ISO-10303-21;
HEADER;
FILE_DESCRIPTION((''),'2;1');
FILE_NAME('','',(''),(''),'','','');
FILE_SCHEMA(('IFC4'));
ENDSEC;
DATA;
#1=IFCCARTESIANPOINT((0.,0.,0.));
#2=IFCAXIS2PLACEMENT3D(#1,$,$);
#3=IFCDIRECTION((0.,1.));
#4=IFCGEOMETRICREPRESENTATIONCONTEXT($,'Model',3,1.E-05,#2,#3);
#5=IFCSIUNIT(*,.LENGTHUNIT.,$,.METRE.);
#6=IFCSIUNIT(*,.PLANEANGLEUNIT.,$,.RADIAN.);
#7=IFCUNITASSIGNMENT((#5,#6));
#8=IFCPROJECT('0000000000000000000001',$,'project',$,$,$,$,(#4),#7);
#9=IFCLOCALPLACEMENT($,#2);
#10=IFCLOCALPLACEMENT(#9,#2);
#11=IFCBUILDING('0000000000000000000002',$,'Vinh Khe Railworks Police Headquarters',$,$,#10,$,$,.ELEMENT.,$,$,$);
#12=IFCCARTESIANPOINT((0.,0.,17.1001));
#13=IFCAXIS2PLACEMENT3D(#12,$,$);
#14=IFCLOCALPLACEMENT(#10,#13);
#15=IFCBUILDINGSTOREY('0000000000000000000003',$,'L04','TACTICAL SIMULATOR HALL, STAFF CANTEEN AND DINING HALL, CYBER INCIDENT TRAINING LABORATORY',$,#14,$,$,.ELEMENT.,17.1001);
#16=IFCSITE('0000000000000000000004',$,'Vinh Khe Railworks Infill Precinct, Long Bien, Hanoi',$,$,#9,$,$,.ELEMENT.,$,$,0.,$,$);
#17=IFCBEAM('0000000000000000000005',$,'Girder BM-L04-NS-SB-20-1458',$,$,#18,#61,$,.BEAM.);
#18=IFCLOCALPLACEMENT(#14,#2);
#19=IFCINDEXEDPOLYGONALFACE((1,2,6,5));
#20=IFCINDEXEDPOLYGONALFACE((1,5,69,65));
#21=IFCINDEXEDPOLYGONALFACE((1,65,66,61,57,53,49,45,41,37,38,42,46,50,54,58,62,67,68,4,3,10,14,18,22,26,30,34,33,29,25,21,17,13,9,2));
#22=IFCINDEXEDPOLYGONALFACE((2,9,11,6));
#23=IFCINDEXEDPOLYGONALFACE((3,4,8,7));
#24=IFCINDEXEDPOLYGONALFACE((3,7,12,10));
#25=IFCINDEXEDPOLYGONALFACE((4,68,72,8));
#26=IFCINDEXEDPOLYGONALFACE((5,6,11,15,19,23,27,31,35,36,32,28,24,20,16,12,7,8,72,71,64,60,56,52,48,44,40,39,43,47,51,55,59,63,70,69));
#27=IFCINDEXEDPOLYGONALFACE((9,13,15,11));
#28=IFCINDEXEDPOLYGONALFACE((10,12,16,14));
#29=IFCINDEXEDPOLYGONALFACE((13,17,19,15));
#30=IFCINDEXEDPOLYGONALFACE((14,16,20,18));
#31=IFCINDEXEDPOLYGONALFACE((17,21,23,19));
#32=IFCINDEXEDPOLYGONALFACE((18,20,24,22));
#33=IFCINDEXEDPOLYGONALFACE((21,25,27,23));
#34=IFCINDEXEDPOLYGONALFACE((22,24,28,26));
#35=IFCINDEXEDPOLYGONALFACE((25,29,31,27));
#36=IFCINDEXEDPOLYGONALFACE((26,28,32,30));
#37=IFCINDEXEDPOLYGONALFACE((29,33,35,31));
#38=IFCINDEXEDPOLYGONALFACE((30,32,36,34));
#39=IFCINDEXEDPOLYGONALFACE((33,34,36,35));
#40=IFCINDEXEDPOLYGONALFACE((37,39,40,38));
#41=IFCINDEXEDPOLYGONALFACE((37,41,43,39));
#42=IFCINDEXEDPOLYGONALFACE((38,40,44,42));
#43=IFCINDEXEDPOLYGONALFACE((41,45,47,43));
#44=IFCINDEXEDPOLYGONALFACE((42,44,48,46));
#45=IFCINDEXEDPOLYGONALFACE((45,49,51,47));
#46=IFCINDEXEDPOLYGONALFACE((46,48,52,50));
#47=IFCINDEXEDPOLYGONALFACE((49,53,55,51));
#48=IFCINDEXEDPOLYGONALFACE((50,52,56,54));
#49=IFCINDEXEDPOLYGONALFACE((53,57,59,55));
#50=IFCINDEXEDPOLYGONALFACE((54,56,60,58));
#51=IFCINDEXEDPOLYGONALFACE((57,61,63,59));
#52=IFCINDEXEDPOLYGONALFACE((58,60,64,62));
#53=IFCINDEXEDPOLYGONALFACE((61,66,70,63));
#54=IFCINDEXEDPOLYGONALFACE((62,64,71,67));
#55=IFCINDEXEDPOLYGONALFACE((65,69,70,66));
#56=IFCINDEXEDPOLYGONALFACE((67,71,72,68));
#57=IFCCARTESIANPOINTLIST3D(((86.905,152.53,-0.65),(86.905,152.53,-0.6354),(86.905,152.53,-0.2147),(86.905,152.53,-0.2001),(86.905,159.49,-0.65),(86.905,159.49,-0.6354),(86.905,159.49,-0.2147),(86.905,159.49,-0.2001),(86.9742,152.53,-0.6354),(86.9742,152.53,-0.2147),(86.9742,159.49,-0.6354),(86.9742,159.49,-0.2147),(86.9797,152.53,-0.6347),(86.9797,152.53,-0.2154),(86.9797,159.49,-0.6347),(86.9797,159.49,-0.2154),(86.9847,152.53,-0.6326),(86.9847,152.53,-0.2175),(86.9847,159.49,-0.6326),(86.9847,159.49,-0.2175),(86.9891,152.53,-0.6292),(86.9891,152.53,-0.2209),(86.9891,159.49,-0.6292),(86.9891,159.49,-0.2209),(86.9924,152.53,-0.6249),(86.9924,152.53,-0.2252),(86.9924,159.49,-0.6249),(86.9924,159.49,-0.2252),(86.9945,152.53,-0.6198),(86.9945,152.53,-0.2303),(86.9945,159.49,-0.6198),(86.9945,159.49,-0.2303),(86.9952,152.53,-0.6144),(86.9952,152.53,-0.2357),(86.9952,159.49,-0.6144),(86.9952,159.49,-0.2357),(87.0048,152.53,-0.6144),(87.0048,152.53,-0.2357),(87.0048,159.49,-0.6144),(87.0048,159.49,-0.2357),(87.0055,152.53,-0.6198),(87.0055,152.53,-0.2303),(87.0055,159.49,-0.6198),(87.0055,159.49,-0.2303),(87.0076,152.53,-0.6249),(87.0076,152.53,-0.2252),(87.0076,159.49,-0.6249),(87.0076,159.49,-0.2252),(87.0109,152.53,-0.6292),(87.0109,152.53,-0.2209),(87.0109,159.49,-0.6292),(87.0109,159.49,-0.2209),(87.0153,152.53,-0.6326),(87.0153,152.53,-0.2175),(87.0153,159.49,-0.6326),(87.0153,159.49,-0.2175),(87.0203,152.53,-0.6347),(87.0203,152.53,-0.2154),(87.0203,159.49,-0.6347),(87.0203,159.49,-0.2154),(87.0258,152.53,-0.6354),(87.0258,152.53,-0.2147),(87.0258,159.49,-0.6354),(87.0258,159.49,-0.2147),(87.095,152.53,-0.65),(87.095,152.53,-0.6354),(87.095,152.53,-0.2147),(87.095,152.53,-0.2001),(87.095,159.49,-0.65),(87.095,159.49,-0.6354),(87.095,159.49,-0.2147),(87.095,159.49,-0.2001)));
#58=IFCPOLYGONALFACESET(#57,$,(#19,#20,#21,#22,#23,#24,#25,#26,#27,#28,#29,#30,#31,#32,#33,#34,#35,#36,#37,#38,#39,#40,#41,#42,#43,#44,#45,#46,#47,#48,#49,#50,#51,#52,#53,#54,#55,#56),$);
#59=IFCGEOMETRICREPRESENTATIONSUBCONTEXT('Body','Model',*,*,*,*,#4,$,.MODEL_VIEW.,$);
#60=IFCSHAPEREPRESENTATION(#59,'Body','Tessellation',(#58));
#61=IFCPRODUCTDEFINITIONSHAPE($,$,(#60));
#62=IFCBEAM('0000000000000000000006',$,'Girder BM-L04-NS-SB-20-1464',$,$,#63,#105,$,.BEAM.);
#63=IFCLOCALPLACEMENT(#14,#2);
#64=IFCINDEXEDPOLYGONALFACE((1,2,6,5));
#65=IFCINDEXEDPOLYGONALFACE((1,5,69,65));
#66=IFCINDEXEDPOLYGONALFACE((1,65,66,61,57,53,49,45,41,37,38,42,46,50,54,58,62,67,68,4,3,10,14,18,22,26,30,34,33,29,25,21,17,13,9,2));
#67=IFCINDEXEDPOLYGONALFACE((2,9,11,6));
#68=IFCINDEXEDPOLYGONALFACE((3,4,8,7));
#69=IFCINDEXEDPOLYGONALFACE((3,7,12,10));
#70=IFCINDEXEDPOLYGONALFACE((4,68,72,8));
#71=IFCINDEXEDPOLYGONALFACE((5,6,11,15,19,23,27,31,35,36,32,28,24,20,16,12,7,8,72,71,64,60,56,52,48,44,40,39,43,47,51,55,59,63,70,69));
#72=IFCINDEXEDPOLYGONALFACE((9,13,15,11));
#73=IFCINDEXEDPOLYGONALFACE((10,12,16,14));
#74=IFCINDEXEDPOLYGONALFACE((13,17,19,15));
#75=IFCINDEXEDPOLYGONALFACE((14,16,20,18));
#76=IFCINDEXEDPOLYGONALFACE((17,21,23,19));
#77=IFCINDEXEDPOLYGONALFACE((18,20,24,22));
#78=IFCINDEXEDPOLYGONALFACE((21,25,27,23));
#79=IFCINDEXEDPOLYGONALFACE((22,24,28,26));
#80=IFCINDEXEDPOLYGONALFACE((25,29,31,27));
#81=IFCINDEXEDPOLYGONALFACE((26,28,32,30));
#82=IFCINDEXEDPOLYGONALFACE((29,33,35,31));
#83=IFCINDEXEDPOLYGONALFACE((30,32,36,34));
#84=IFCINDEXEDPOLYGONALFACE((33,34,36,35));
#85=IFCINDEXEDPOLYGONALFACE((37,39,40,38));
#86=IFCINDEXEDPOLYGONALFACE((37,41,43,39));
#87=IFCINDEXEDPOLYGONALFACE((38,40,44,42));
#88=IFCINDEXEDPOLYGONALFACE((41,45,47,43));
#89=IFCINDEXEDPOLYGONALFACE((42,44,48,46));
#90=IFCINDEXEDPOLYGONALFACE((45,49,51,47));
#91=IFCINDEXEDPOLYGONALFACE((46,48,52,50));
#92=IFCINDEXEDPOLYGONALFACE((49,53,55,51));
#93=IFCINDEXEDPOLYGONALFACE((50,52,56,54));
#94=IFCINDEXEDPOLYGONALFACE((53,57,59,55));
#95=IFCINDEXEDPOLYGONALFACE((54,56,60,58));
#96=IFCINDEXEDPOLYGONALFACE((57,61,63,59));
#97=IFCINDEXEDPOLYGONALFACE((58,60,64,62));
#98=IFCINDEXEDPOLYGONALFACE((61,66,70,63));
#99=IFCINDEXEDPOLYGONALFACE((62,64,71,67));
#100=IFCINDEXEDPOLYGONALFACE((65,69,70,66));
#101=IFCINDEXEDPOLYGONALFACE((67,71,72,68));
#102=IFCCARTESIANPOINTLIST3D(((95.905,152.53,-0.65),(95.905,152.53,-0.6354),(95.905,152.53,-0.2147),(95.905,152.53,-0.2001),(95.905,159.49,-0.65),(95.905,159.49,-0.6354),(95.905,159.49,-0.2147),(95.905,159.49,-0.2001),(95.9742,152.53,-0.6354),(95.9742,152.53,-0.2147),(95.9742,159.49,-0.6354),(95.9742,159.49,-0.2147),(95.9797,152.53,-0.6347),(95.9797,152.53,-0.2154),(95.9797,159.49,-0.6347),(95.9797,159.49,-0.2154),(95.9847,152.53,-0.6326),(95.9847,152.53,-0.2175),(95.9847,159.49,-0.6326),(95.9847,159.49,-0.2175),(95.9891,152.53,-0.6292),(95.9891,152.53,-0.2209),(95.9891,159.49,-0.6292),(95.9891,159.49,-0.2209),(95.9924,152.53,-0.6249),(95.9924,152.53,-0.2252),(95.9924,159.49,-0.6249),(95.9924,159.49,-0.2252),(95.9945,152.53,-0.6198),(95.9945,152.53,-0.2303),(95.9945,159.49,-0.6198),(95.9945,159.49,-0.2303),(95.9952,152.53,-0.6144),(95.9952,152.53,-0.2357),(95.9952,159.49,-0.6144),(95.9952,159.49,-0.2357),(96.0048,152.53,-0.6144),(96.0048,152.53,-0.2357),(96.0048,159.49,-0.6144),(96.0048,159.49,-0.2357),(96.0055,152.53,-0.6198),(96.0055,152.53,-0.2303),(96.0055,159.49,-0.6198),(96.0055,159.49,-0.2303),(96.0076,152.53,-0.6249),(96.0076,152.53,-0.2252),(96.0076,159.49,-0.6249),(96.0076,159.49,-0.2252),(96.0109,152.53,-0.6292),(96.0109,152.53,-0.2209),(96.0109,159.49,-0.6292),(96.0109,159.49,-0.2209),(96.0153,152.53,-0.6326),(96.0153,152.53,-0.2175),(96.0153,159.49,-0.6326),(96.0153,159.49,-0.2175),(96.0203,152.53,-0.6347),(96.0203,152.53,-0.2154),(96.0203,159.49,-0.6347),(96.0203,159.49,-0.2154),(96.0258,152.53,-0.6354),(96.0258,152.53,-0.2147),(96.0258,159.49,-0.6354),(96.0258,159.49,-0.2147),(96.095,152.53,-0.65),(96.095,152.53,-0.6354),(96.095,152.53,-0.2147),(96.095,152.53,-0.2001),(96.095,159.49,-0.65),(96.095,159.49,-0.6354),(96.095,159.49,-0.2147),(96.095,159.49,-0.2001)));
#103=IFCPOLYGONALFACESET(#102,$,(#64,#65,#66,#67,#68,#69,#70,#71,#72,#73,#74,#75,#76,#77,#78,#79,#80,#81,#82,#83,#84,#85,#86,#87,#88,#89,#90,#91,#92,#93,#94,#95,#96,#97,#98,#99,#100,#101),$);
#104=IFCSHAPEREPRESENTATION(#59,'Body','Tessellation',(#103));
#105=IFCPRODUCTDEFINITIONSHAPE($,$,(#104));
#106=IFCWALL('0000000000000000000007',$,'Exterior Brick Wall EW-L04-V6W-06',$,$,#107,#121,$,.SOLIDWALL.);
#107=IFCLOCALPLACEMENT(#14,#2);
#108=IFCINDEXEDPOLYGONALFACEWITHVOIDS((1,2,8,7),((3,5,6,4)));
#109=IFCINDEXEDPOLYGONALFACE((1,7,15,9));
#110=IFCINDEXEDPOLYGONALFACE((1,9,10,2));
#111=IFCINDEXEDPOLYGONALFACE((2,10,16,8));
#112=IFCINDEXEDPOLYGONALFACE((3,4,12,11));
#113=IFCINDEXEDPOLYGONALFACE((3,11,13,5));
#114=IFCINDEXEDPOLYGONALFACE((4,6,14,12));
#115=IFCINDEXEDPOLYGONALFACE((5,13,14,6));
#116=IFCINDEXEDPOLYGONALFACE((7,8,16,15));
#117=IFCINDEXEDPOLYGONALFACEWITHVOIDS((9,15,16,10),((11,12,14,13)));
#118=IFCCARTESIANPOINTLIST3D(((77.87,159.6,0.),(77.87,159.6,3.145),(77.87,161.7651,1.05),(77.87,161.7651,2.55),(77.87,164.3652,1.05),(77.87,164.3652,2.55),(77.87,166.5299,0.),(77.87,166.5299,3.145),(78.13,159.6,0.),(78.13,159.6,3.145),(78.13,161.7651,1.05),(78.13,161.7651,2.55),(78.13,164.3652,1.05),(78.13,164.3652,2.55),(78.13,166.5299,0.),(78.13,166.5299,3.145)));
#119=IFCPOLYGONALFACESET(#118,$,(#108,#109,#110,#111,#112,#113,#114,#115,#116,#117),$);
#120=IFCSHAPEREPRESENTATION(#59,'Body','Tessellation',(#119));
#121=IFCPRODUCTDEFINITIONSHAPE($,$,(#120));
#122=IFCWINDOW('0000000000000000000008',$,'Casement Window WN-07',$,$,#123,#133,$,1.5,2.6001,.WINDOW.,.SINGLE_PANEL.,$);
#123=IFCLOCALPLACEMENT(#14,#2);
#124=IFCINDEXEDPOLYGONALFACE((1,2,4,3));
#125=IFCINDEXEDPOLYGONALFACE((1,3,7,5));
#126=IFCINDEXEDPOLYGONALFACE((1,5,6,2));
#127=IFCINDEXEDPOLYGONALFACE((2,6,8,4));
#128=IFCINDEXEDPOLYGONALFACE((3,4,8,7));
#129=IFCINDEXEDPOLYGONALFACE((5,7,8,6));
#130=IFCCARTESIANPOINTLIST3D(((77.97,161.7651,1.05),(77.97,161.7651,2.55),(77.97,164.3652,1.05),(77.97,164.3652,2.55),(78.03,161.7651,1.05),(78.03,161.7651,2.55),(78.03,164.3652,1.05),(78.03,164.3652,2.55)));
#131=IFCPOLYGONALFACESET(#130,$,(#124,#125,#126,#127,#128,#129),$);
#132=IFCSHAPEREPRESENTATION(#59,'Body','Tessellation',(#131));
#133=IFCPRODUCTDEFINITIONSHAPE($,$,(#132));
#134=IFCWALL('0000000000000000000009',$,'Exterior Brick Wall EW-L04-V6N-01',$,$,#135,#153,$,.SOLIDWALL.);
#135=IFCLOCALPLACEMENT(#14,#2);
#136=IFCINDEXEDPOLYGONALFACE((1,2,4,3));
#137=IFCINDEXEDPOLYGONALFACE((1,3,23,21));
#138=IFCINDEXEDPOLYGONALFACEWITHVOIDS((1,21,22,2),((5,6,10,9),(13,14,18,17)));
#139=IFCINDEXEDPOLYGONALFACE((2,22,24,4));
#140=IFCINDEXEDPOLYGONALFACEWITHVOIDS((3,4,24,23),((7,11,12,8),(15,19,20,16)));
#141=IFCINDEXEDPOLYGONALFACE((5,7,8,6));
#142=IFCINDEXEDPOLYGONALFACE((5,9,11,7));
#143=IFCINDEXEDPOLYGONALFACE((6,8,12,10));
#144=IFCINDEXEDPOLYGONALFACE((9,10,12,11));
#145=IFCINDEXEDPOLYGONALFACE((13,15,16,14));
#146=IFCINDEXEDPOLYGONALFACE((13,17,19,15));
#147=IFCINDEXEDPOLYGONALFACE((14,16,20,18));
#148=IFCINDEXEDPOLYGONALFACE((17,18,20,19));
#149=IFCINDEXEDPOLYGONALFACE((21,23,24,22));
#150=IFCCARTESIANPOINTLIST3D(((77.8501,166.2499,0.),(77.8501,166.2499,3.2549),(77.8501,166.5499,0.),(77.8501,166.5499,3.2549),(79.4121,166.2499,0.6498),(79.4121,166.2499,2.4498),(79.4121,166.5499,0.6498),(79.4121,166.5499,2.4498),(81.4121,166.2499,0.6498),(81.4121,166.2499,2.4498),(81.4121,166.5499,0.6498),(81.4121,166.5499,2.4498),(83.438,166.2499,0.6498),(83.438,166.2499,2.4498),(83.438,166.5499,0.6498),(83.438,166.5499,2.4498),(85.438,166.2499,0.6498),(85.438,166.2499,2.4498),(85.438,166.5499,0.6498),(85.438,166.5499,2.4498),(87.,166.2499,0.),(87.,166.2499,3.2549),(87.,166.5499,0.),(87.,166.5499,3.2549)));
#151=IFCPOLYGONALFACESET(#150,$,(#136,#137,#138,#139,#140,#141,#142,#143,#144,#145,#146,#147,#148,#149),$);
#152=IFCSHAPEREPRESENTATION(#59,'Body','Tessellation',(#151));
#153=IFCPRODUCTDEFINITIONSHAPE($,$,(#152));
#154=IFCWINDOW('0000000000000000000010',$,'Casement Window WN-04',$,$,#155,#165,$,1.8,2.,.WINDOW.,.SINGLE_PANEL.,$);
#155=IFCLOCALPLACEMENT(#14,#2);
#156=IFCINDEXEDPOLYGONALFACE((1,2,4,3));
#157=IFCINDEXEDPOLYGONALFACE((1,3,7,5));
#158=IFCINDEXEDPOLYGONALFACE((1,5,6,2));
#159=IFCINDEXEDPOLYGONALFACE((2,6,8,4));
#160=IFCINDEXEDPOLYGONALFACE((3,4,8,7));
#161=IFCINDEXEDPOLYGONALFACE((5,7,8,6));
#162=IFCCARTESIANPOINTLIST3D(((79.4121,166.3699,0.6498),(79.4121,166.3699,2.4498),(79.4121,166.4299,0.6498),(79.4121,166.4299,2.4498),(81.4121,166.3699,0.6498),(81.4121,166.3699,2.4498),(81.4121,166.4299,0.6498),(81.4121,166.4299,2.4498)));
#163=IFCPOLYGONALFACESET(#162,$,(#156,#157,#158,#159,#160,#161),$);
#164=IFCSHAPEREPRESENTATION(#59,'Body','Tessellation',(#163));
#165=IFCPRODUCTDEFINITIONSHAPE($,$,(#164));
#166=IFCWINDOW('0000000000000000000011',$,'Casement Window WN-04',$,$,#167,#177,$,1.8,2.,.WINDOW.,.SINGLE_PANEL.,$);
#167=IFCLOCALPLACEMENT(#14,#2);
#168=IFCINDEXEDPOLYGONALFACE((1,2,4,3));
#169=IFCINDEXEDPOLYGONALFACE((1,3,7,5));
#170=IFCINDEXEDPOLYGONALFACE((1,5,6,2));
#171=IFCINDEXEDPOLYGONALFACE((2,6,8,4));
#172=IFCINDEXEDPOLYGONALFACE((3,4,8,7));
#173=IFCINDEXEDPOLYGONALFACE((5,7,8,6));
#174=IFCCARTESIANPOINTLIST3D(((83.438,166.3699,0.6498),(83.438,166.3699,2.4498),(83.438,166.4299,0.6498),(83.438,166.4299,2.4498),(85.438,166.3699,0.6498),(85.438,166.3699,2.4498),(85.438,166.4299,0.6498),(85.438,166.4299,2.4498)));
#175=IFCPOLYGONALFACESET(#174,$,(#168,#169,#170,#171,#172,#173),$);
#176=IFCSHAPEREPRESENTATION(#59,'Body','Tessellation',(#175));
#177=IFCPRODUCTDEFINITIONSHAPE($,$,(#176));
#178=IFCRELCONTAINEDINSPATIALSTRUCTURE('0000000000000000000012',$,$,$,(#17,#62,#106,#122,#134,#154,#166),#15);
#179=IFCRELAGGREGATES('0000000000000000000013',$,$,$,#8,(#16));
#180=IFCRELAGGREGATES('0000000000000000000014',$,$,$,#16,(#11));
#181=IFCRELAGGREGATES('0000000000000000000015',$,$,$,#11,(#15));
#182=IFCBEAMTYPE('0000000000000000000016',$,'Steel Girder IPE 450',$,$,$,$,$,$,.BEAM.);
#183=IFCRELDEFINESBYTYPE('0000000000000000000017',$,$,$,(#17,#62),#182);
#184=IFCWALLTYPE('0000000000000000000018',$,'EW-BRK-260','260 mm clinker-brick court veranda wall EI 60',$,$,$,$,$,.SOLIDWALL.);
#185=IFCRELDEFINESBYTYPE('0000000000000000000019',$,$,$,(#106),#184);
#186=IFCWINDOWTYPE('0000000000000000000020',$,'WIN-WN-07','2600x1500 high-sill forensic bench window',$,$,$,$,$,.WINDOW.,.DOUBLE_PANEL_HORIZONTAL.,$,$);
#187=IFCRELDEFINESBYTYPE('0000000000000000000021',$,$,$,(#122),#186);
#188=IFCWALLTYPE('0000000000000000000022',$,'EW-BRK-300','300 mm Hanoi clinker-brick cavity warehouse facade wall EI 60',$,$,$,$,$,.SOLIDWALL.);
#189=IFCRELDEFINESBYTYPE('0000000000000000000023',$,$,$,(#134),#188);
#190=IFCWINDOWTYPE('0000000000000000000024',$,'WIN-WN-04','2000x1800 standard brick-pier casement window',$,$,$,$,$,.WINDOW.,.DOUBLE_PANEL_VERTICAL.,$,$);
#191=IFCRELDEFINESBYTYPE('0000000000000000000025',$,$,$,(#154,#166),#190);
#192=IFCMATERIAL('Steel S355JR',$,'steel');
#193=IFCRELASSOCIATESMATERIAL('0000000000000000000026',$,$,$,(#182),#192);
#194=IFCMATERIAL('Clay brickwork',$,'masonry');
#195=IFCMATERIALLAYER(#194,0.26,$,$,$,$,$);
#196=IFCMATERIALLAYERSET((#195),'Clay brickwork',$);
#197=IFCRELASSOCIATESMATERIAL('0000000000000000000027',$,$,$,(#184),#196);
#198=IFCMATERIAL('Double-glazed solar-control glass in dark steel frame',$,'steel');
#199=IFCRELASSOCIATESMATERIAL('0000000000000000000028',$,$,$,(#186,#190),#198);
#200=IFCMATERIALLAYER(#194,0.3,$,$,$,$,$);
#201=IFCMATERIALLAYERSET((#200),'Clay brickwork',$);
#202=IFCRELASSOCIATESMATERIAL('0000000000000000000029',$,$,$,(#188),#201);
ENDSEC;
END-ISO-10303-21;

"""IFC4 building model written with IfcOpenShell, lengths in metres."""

from ifc_helpers import new_model, si_unit, direction, frame, frame_2d, origin, origin_2d, place, context, subcontext, project, spatial, rectangle, i_section, extrude, material, layer, layer_set, material_profile, profile_set, type_object, element, fill, save


model = new_model("IFC4")

# Units and contexts
model_context = context("Model", 3, precision=1e-05, world=origin(), true_north=direction((0.0, 1.0)))
body_context = subcontext(model_context, "Body", "Model", "MODEL_VIEW")
ifc_project = project(units=[si_unit("LENGTHUNIT", "METRE"), si_unit("PLANEANGLEUNIT", "RADIAN")], contexts=[model_context])

# Site, building, storey
site_placement = place(None, origin())
site = spatial("IfcSite", under=ifc_project, at=site_placement, Name="Vinh Khe Railworks Infill Precinct, Long Bien, Hanoi", CompositionType="ELEMENT", RefElevation=0.0)
building_placement = place(site_placement, origin())
building = spatial("IfcBuilding", under=site, at=building_placement, Name="Vinh Khe Railworks Police Headquarters", CompositionType="ELEMENT")
storey_placement = place(building_placement, frame((0.0, 0.0, 17.1001)))
storey = spatial("IfcBuildingStorey", under=building, at=storey_placement, Name="L04", Description="TACTICAL SIMULATOR HALL, STAFF CANTEEN AND DINING HALL, CYBER INCIDENT TRAINING LABORATORY", CompositionType="ELEMENT", Elevation=17.1001)

# Shared definitions
ifc_material_1 = material(Name="Steel S355JR", Category="steel")

# Beams
ifc_material_profile_1 = material_profile(ifc_material_1, i_section(OverallWidth=0.1899, OverallDepth=0.45, WebThickness=0.0095, FlangeThickness=0.0146, FilletRadius=0.021, at=origin_2d()), Name="IPE 450")
ifc_profile_set_1 = profile_set([ifc_material_profile_1], Name="Steel S355JR")
beam_type_1 = type_object("IfcBeamType", Name="Steel Girder IPE 450", PredefinedType="BEAM", material=ifc_profile_set_1)
for number, where, z_axis, x_axis, name in (
    (1, (87.0, 152.53, -0.425), (0.0, 1.0, 0.0), (-1.0, 0.0, 0.0), "Girder BM-L04-NS-SB-20-1458"),
    (2, (96.0, 152.53, -0.425), (0.0, 1.0, 0.0), (-1.0, 0.0, 0.0), "Girder BM-L04-NS-SB-20-1464"),
):
    element("IfcBeam", number, at=place(storey_placement, frame(where, z_axis=z_axis, x_axis=x_axis)), inside=storey, type_object=beam_type_1, Name=name, PredefinedType="BEAM", context=body_context, shape_type="SweptSolid", body=[
        extrude(i_section(OverallWidth=0.1899, OverallDepth=0.45, WebThickness=0.0095, FlangeThickness=0.0146, FilletRadius=0.021, at=origin_2d()), origin(), (0.0, 0.0, 1.0), 6.96),
    ])

# Wall, opening, window
ifc_material_2 = material(Name="Clay brickwork", Category="masonry")
ifc_layer_1 = layer(ifc_material_2, 0.26)
ifc_layer_set_1 = layer_set([ifc_layer_1], Name="Clay brickwork")
wall_type_1 = type_object("IfcWallType", Name="EW-BRK-260", Description="260 mm clinker-brick court veranda wall EI 60", PredefinedType="SOLIDWALL", material=ifc_layer_set_1)
wall_1_placement = place(storey_placement, frame((78.0, 159.6001, 0.0), z_axis=(0.0, 0.0, 1.0), x_axis=(0.0, 1.0, 0.0)))
wall_1 = element("IfcWall", 3, at=wall_1_placement, inside=storey, type_object=wall_type_1, Name="Exterior Brick Wall EW-L04-V6W-06", PredefinedType="SOLIDWALL", context=body_context, shape_type="SweptSolid", body=[
    extrude(rectangle(XDim=6.9299, YDim=0.26, at=frame_2d((3.4648, 0.0))), origin(), (0.0, 0.0, 1.0), 3.145),
])
opening_1_placement = place(wall_1_placement, frame((2.165, 0.0, 1.05)))
opening_1 = element("IfcOpeningElement", 4, at=opening_1_placement, cuts=wall_1, PredefinedType="OPENING", context=body_context, shape_type="SweptSolid", body=[
    extrude(rectangle(XDim=2.6001, YDim=1.5, at=frame_2d((1.3, 0.75))), frame((0.0, 0.145, 0.0), z_axis=(0.0, -1.0, 0.0), x_axis=(1.0, 0.0, 0.0)), (0.0, 0.0, 1.0), 0.2898),
])
ifc_material_3 = material(Name="Double-glazed solar-control glass in dark steel frame", Category="steel")
window_type_1 = type_object("IfcWindowType", Name="WIN-WN-07", Description="2600x1500 high-sill forensic bench window", PartitioningType="DOUBLE_PANEL_HORIZONTAL", PredefinedType="WINDOW", material=ifc_material_3)
window_1_placement = place(opening_1_placement, origin())
window_1 = element("IfcWindow", 5, at=window_1_placement, inside=storey, type_object=window_type_1, Name="Casement Window WN-07", OverallHeight=1.5, OverallWidth=2.6001, PartitioningType="SINGLE_PANEL", PredefinedType="WINDOW", context=body_context, shape_type="SweptSolid", body=[
    extrude(rectangle(XDim=2.6001, YDim=1.5, at=frame_2d((1.3, 0.75))), frame((0.0, 0.03, 0.0), z_axis=(0.0, -1.0, 0.0), x_axis=(1.0, 0.0, 0.0)), (0.0, 0.0, 1.0), 0.0601),
])
fill(opening_1, window_1)

# Wall, openings, windows
ifc_layer_2 = layer(ifc_material_2, 0.3)
ifc_layer_set_2 = layer_set([ifc_layer_2], Name="Clay brickwork")
wall_type_2 = type_object("IfcWallType", Name="EW-BRK-300", Description="300 mm Hanoi clinker-brick cavity warehouse facade wall EI 60", PredefinedType="SOLIDWALL", material=ifc_layer_set_2)
wall_2_placement = place(storey_placement, frame((77.8501, 166.3999, 0.0), z_axis=(0.0, 0.0, 1.0), x_axis=(1.0, 0.0, 0.0)))
wall_2 = element("IfcWall", 6, at=wall_2_placement, inside=storey, type_object=wall_type_2, Name="Exterior Brick Wall EW-L04-V6N-01", PredefinedType="SOLIDWALL", context=body_context, shape_type="SweptSolid", body=[
    extrude(rectangle(XDim=9.1499, YDim=0.3, at=frame_2d((4.575, 0.0))), origin(), (0.0, 0.0, 1.0), 3.2549),
])
opening_2_placement = place(wall_2_placement, frame((1.562, 0.0, 0.6499)))
opening_2 = element("IfcOpeningElement", 7, at=opening_2_placement, cuts=wall_2, PredefinedType="OPENING", context=body_context, shape_type="SweptSolid", body=[
    extrude(rectangle(XDim=2.0, YDim=1.8, at=frame_2d((1.0, 0.8999))), frame((0.0, 0.165, 0.0), z_axis=(0.0, -1.0, 0.0), x_axis=(1.0, 0.0, 0.0)), (0.0, 0.0, 1.0), 0.3298),
])
opening_3_placement = place(wall_2_placement, frame((5.5879, 0.0, 0.6499)))
opening_3 = element("IfcOpeningElement", 8, at=opening_3_placement, cuts=wall_2, PredefinedType="OPENING", context=body_context, shape_type="SweptSolid", body=[
    extrude(rectangle(XDim=2.0, YDim=1.8, at=frame_2d((1.0, 0.8999))), frame((0.0, 0.165, 0.0), z_axis=(0.0, -1.0, 0.0), x_axis=(1.0, 0.0, 0.0)), (0.0, 0.0, 1.0), 0.3298),
])
window_type_2 = type_object("IfcWindowType", Name="WIN-WN-04", Description="2000x1800 standard brick-pier casement window", PartitioningType="DOUBLE_PANEL_VERTICAL", PredefinedType="WINDOW", material=ifc_material_3)
window_2_placement = place(opening_2_placement, origin())
window_2 = element("IfcWindow", 9, at=window_2_placement, inside=storey, type_object=window_type_2, Name="Casement Window WN-04", OverallHeight=1.8, OverallWidth=2.0, PartitioningType="SINGLE_PANEL", PredefinedType="WINDOW", context=body_context, shape_type="SweptSolid", body=[
    extrude(rectangle(XDim=2.0, YDim=1.8, at=frame_2d((1.0, 0.8999))), frame((0.0, 0.03, 0.0), z_axis=(0.0, -1.0, 0.0), x_axis=(1.0, 0.0, 0.0)), (0.0, 0.0, 1.0), 0.0601),
])
fill(opening_2, window_2)
window_3_placement = place(opening_3_placement, origin())
window_3 = element("IfcWindow", 10, at=window_3_placement, inside=storey, type_object=window_type_2, Name="Casement Window WN-04", OverallHeight=1.8, OverallWidth=2.0, PartitioningType="SINGLE_PANEL", PredefinedType="WINDOW", context=body_context, shape_type="SweptSolid", body=[
    extrude(rectangle(XDim=2.0, YDim=1.8, at=frame_2d((1.0, 0.8999))), frame((0.0, 0.03, 0.0), z_axis=(0.0, -1.0, 0.0), x_axis=(1.0, 0.0, 0.0)), (0.0, 0.0, 1.0), 0.0601),
])
fill(opening_3, window_3)

save(model, "model.ifc")
